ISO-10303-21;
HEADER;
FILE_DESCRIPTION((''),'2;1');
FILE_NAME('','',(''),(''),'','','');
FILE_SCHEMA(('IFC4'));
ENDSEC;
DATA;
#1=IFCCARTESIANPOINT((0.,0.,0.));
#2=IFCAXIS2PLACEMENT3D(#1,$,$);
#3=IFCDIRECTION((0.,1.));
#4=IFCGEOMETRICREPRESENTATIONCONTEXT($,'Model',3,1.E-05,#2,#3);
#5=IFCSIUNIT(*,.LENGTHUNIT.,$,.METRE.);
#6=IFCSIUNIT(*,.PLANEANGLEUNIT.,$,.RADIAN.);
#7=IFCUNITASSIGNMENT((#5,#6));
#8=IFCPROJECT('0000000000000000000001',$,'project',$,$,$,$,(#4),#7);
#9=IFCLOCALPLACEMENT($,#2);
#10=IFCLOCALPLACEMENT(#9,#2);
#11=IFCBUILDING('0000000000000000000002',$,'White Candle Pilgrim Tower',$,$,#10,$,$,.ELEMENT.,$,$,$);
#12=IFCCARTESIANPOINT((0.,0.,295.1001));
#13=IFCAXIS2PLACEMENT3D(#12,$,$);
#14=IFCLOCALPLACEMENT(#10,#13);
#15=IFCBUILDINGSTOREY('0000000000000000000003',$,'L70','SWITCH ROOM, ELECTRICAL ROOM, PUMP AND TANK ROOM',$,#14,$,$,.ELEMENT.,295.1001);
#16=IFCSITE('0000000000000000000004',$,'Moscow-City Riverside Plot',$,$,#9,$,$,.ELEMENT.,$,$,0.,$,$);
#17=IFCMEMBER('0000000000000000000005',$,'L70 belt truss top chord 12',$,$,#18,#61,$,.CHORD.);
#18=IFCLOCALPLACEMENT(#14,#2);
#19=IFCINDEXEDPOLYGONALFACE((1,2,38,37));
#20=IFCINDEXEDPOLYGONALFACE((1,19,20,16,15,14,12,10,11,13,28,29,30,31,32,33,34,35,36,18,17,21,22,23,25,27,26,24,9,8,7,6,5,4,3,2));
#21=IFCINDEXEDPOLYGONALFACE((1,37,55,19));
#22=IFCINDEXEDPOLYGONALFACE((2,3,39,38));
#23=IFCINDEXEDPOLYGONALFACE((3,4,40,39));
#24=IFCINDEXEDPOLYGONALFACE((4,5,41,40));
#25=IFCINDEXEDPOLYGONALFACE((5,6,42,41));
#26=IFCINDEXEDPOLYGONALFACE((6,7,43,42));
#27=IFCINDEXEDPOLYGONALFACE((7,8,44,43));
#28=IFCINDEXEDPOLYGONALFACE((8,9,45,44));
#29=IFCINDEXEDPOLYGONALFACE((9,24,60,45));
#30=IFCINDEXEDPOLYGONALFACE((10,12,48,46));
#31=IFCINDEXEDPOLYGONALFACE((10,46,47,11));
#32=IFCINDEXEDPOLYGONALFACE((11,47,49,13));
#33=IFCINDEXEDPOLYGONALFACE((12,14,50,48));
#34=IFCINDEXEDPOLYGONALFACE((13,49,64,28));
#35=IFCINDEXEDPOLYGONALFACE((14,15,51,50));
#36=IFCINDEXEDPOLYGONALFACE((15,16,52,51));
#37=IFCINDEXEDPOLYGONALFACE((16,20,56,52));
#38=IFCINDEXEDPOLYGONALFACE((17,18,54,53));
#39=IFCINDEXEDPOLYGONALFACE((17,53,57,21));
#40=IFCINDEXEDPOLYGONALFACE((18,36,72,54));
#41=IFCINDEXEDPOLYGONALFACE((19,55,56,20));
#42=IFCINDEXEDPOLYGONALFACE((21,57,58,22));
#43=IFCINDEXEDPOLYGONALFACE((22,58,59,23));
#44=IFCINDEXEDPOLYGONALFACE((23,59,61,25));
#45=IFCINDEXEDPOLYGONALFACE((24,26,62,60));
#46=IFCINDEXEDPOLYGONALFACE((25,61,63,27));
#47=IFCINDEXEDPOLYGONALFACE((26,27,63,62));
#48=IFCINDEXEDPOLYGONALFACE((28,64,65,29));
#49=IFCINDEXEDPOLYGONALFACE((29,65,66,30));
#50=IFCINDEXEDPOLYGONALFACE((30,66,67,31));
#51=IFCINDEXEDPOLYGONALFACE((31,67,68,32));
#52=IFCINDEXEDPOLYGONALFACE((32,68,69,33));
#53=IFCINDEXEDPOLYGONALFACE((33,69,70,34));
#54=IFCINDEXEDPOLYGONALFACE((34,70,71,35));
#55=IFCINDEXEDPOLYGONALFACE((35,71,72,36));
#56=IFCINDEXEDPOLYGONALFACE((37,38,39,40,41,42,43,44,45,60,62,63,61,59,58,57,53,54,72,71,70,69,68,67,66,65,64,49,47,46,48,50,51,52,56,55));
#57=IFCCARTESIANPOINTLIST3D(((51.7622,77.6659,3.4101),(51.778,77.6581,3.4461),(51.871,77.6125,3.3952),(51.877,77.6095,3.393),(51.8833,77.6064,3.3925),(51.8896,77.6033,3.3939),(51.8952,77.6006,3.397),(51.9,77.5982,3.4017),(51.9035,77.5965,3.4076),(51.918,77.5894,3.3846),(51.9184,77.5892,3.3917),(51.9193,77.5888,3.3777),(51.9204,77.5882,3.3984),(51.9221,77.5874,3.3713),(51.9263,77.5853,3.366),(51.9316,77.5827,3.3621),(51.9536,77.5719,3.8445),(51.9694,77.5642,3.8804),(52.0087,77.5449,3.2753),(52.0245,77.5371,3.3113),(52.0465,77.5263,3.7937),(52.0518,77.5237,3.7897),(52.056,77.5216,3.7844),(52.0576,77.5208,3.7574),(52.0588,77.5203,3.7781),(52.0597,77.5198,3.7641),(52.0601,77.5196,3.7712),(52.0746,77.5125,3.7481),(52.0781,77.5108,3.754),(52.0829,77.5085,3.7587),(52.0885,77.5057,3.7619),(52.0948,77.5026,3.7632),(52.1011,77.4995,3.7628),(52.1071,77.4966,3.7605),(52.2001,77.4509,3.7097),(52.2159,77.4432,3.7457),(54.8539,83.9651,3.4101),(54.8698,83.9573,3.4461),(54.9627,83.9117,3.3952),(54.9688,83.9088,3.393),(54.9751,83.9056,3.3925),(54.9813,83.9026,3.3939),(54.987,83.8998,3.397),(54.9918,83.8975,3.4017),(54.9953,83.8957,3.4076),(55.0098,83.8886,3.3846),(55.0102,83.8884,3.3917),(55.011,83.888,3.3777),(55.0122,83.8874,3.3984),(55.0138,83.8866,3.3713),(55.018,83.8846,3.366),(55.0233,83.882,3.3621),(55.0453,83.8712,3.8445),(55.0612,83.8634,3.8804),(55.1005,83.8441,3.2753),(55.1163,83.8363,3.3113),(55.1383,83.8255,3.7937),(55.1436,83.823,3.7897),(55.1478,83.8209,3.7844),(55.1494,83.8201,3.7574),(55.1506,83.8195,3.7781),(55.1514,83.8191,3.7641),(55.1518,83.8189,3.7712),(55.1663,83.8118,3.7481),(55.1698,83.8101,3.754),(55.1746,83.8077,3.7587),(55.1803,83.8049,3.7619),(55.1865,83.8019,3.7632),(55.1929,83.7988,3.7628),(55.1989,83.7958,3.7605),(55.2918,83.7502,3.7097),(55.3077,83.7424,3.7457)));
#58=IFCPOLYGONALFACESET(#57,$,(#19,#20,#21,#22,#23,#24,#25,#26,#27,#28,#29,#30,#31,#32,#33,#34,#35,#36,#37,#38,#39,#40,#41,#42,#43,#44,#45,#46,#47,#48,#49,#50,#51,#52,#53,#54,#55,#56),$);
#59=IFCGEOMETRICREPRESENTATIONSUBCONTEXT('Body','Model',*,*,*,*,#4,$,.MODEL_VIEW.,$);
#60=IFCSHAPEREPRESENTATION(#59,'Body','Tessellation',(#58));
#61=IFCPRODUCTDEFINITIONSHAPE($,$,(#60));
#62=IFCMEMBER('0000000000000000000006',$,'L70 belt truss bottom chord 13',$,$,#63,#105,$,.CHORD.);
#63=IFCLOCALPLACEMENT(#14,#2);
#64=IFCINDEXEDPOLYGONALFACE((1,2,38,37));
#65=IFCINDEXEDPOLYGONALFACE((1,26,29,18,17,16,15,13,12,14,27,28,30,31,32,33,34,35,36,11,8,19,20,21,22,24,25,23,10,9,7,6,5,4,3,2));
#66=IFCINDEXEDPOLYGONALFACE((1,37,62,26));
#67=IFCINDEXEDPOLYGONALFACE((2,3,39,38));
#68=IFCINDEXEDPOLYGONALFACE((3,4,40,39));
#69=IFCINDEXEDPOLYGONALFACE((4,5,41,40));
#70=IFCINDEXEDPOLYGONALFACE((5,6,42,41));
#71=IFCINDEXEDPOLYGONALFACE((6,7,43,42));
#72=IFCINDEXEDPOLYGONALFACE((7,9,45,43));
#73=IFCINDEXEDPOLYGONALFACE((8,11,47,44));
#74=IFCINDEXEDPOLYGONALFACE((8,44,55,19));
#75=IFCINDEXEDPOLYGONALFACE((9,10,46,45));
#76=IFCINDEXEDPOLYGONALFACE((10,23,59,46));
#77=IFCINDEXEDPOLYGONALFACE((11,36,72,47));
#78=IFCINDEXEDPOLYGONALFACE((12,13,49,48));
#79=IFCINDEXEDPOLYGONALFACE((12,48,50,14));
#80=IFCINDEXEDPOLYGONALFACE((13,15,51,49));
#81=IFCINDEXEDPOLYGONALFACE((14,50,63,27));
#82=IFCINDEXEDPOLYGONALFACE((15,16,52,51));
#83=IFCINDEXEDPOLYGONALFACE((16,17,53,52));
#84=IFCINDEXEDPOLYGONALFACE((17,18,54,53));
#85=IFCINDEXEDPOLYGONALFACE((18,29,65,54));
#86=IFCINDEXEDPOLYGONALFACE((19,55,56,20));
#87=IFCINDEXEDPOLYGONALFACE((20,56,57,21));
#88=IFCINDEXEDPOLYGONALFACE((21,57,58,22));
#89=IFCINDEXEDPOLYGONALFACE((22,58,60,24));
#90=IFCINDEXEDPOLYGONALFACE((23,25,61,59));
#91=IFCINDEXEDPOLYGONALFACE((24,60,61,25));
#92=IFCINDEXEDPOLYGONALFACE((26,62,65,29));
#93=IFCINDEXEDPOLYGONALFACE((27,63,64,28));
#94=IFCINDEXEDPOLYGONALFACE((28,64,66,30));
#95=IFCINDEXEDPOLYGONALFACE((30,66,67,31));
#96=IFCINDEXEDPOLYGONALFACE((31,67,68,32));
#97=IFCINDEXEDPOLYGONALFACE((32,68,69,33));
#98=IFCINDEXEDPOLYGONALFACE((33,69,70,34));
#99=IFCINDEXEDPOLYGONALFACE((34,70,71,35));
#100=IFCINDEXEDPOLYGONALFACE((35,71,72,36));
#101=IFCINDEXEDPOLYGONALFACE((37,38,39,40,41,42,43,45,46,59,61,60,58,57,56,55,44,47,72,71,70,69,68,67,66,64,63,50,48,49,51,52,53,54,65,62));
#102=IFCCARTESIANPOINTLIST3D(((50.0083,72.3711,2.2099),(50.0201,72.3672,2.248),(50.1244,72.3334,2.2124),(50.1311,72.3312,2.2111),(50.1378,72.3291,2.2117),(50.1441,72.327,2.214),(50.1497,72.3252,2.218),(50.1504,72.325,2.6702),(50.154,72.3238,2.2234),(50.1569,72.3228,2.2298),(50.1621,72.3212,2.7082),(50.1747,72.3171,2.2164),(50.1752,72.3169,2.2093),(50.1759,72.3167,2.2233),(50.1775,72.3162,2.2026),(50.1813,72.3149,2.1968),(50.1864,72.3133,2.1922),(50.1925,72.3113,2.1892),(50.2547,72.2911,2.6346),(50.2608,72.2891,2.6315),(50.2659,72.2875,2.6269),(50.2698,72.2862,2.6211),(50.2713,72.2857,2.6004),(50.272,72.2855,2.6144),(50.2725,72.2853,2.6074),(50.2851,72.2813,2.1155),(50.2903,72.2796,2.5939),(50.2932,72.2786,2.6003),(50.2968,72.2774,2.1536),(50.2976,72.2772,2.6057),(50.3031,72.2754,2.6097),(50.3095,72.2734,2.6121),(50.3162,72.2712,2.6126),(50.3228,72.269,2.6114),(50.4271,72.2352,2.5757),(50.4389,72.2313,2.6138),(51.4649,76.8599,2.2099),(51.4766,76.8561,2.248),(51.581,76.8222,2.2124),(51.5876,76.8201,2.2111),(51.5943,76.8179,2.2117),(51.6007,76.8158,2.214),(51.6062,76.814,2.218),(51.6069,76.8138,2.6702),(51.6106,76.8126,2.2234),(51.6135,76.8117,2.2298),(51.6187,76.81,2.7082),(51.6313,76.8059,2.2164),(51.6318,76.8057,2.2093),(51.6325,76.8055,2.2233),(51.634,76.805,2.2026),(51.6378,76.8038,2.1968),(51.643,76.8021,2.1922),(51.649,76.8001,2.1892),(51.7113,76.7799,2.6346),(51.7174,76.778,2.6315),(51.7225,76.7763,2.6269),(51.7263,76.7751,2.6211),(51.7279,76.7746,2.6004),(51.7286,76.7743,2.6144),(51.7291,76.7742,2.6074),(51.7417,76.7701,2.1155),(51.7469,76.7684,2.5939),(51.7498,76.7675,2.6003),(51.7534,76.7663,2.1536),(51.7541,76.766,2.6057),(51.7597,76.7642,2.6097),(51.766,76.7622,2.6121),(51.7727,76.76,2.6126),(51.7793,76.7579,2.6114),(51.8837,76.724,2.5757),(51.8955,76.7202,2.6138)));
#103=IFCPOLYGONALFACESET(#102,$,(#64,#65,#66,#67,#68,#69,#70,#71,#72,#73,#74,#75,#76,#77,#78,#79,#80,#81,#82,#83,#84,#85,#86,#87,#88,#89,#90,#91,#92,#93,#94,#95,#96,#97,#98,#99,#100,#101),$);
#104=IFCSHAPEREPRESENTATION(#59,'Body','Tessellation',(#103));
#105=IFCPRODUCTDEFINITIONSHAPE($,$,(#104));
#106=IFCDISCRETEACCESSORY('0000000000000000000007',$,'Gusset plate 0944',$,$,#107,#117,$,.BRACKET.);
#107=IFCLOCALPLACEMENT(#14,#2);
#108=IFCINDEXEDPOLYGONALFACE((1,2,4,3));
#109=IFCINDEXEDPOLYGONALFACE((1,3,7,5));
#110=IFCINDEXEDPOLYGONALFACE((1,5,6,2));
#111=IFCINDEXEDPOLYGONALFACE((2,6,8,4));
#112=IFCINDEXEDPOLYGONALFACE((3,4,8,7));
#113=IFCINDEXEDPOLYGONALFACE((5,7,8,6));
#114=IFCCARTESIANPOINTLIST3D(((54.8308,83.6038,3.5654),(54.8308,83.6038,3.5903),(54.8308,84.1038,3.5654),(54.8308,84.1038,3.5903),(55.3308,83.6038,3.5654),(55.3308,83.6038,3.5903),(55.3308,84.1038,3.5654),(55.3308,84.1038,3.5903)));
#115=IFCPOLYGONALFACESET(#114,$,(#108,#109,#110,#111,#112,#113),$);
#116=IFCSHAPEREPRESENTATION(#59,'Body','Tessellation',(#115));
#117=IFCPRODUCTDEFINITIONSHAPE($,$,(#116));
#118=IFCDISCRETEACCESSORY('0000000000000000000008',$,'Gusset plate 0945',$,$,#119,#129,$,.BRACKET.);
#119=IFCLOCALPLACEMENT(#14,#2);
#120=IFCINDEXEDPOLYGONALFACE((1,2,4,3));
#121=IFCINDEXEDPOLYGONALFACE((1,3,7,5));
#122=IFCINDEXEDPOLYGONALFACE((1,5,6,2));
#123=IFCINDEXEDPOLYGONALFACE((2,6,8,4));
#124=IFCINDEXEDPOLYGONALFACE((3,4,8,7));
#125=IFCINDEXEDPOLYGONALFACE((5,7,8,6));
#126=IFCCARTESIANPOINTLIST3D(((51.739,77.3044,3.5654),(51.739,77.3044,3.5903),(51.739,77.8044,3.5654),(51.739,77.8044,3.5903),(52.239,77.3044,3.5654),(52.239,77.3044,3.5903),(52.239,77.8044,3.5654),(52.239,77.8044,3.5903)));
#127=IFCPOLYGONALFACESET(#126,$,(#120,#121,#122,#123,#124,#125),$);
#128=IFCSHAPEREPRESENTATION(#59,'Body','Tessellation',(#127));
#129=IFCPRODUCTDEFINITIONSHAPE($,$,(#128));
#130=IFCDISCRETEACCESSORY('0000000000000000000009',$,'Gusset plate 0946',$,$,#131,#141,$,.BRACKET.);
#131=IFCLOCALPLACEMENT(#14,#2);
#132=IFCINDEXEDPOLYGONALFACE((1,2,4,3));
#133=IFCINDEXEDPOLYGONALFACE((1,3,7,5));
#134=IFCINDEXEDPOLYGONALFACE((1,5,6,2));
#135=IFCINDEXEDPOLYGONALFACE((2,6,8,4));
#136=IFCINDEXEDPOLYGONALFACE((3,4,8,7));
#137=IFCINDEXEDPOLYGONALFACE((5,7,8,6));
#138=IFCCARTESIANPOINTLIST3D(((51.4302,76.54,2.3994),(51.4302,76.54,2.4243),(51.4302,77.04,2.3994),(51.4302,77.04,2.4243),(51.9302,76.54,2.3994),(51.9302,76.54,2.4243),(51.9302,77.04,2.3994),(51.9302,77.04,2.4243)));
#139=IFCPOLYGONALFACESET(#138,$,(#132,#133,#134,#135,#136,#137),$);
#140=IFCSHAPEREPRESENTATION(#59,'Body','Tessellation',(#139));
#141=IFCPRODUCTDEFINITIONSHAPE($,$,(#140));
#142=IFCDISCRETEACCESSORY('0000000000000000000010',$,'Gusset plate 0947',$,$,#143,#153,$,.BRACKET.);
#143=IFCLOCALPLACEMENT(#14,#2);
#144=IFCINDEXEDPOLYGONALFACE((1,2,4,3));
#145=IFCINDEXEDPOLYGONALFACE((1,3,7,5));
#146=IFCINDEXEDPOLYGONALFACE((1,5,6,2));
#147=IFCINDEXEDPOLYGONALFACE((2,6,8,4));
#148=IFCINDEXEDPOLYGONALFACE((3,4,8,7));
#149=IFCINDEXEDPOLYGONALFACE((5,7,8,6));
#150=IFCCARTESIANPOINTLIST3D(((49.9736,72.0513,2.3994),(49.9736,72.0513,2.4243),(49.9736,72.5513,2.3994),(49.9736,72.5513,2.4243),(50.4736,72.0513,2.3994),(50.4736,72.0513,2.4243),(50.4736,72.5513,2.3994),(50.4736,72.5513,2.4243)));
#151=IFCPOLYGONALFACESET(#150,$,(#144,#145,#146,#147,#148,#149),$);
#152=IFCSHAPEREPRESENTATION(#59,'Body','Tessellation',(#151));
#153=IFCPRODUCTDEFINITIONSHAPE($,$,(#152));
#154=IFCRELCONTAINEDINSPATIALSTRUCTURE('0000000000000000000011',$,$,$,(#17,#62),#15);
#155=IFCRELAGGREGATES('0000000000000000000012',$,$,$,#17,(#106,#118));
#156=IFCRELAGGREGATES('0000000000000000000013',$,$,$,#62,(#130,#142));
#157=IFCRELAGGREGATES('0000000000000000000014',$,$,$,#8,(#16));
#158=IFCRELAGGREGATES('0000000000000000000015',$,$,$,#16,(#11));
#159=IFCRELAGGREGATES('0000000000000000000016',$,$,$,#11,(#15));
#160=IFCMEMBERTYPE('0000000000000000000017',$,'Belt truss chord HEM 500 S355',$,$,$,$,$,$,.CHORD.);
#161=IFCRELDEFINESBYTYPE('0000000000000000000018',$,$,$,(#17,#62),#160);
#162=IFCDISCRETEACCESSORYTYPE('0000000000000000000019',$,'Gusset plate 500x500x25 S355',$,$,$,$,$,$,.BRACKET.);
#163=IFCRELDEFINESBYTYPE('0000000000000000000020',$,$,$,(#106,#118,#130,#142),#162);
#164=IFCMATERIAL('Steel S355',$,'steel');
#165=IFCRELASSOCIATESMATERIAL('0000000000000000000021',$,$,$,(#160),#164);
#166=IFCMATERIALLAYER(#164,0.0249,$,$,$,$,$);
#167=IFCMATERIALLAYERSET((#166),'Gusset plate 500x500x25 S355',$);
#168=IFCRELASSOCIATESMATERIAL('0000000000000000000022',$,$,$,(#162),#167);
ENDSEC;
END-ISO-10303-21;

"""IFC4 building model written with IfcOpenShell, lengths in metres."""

from ifc_helpers import new_model, si_unit, direction, frame, origin, origin_2d, place, context, subcontext, project, spatial, rectangle, i_section, extrude, material, layer, layer_set, material_profile, profile_set, type_object, element, aggregate, save


model = new_model("IFC4")

# Units and contexts
model_context = context("Model", 3, precision=1e-05, world=origin(), true_north=direction((0.0, 1.0)))
body_context = subcontext(model_context, "Body", "Model", "MODEL_VIEW")
ifc_project = project(units=[si_unit("LENGTHUNIT", "METRE"), si_unit("PLANEANGLEUNIT", "RADIAN")], contexts=[model_context])

# Site, building, storey
site_placement = place(None, origin())
site = spatial("IfcSite", under=ifc_project, at=site_placement, Name="Moscow-City Riverside Plot", CompositionType="ELEMENT", RefElevation=0.0)
building_placement = place(site_placement, origin())
building = spatial("IfcBuilding", under=site, at=building_placement, Name="White Candle Pilgrim Tower", CompositionType="ELEMENT")
storey_placement = place(building_placement, frame((0.0, 0.0, 295.1001)))
storey = spatial("IfcBuildingStorey", under=building, at=storey_placement, Name="L70", Description="SWITCH ROOM, ELECTRICAL ROOM, PUMP AND TANK ROOM", CompositionType="ELEMENT", Elevation=295.1001)

# Members
ifc_material_1 = material(Name="Steel S355", Category="steel")
ifc_material_profile_1 = material_profile(ifc_material_1, i_section(OverallWidth=0.3059, OverallDepth=0.5239, WebThickness=0.021, FlangeThickness=0.04, FilletRadius=0.0271, at=origin_2d()), Name="HEM 500")
ifc_profile_set_1 = profile_set([ifc_material_profile_1], Name="Steel S355")
member_type_1 = type_object("IfcMemberType", Name="Belt truss chord HEM 500 S355", PredefinedType="CHORD", material=ifc_profile_set_1)
member_1_placement = place(storey_placement, frame((55.0808, 83.8538, 3.5779), z_axis=(-0.440605, -0.897701, 0.0), x_axis=(0.805869, -0.395532, -0.440601)))
member_1 = element("IfcMember", 1, at=member_1_placement, inside=storey, type_object=member_type_1, Name="L70 belt truss top chord 12", PredefinedType="CHORD", context=body_context, shape_type="SweptSolid", body=[
    extrude(i_section(OverallWidth=0.3059, OverallDepth=0.5239, WebThickness=0.021, FlangeThickness=0.04, FilletRadius=0.0271, at=origin_2d()), origin(), (0.0, 0.0, 1.0), 7.0171),
])
member_2_placement = place(storey_placement, frame((51.6802, 76.79, 2.4119), z_axis=(-0.308644, -0.951178, 0.0), x_axis=(0.90474, -0.293576, -0.30864)))
member_2 = element("IfcMember", 2, at=member_2_placement, inside=storey, type_object=member_type_1, Name="L70 belt truss bottom chord 13", PredefinedType="CHORD", context=body_context, shape_type="SweptSolid", body=[
    extrude(i_section(OverallWidth=0.3059, OverallDepth=0.5239, WebThickness=0.021, FlangeThickness=0.04, FilletRadius=0.0271, at=origin_2d()), origin(), (0.0, 0.0, 1.0), 4.7192),
])

# Discrete accessories
ifc_layer_1 = layer(ifc_material_1, 0.0249)
ifc_layer_set_1 = layer_set([ifc_layer_1], Name="Gusset plate 500x500x25 S355")
discrete_accessory_type_1 = type_object("IfcDiscreteAccessoryType", Name="Gusset plate 500x500x25 S355", PredefinedType="BRACKET", material=ifc_layer_set_1)
discrete_accessory_1_placement = place(storey_placement, frame((55.0808, 83.8538, 3.5654), z_axis=(0.0, 0.0, 1.0), x_axis=(1.0, 0.0, 0.0)))
discrete_accessory_1 = element("IfcDiscreteAccessory", 3, at=discrete_accessory_1_placement, type_object=discrete_accessory_type_1, Name="Gusset plate 0944", PredefinedType="BRACKET", context=body_context, shape_type="SweptSolid", body=[
    extrude(rectangle(XDim=0.5, YDim=0.5, at=origin_2d()), origin(), (0.0, 0.0, 1.0), 0.0249),
])
discrete_accessory_2_placement = place(storey_placement, frame((51.989, 77.5544, 3.5654), z_axis=(0.0, 0.0, 1.0), x_axis=(1.0, 0.0, 0.0)))
discrete_accessory_2 = element("IfcDiscreteAccessory", 4, at=discrete_accessory_2_placement, type_object=discrete_accessory_type_1, Name="Gusset plate 0945", PredefinedType="BRACKET", context=body_context, shape_type="SweptSolid", body=[
    extrude(rectangle(XDim=0.5, YDim=0.5, at=origin_2d()), origin(), (0.0, 0.0, 1.0), 0.0249),
])
aggregate(member_1, [discrete_accessory_1, discrete_accessory_2])
discrete_accessory_3_placement = place(storey_placement, frame((51.6802, 76.79, 2.3994), z_axis=(0.0, 0.0, 1.0), x_axis=(1.0, 0.0, 0.0)))
discrete_accessory_3 = element("IfcDiscreteAccessory", 5, at=discrete_accessory_3_placement, type_object=discrete_accessory_type_1, Name="Gusset plate 0946", PredefinedType="BRACKET", context=body_context, shape_type="SweptSolid", body=[
    extrude(rectangle(XDim=0.5, YDim=0.5, at=origin_2d()), origin(), (0.0, 0.0, 1.0), 0.0249),
])
discrete_accessory_4_placement = place(storey_placement, frame((50.2236, 72.3013, 2.3994), z_axis=(0.0, 0.0, 1.0), x_axis=(1.0, 0.0, 0.0)))
discrete_accessory_4 = element("IfcDiscreteAccessory", 6, at=discrete_accessory_4_placement, type_object=discrete_accessory_type_1, Name="Gusset plate 0947", PredefinedType="BRACKET", context=body_context, shape_type="SweptSolid", body=[
    extrude(rectangle(XDim=0.5, YDim=0.5, at=origin_2d()), origin(), (0.0, 0.0, 1.0), 0.0249),
])
aggregate(member_2, [discrete_accessory_3, discrete_accessory_4])

save(model, "model.ifc")
